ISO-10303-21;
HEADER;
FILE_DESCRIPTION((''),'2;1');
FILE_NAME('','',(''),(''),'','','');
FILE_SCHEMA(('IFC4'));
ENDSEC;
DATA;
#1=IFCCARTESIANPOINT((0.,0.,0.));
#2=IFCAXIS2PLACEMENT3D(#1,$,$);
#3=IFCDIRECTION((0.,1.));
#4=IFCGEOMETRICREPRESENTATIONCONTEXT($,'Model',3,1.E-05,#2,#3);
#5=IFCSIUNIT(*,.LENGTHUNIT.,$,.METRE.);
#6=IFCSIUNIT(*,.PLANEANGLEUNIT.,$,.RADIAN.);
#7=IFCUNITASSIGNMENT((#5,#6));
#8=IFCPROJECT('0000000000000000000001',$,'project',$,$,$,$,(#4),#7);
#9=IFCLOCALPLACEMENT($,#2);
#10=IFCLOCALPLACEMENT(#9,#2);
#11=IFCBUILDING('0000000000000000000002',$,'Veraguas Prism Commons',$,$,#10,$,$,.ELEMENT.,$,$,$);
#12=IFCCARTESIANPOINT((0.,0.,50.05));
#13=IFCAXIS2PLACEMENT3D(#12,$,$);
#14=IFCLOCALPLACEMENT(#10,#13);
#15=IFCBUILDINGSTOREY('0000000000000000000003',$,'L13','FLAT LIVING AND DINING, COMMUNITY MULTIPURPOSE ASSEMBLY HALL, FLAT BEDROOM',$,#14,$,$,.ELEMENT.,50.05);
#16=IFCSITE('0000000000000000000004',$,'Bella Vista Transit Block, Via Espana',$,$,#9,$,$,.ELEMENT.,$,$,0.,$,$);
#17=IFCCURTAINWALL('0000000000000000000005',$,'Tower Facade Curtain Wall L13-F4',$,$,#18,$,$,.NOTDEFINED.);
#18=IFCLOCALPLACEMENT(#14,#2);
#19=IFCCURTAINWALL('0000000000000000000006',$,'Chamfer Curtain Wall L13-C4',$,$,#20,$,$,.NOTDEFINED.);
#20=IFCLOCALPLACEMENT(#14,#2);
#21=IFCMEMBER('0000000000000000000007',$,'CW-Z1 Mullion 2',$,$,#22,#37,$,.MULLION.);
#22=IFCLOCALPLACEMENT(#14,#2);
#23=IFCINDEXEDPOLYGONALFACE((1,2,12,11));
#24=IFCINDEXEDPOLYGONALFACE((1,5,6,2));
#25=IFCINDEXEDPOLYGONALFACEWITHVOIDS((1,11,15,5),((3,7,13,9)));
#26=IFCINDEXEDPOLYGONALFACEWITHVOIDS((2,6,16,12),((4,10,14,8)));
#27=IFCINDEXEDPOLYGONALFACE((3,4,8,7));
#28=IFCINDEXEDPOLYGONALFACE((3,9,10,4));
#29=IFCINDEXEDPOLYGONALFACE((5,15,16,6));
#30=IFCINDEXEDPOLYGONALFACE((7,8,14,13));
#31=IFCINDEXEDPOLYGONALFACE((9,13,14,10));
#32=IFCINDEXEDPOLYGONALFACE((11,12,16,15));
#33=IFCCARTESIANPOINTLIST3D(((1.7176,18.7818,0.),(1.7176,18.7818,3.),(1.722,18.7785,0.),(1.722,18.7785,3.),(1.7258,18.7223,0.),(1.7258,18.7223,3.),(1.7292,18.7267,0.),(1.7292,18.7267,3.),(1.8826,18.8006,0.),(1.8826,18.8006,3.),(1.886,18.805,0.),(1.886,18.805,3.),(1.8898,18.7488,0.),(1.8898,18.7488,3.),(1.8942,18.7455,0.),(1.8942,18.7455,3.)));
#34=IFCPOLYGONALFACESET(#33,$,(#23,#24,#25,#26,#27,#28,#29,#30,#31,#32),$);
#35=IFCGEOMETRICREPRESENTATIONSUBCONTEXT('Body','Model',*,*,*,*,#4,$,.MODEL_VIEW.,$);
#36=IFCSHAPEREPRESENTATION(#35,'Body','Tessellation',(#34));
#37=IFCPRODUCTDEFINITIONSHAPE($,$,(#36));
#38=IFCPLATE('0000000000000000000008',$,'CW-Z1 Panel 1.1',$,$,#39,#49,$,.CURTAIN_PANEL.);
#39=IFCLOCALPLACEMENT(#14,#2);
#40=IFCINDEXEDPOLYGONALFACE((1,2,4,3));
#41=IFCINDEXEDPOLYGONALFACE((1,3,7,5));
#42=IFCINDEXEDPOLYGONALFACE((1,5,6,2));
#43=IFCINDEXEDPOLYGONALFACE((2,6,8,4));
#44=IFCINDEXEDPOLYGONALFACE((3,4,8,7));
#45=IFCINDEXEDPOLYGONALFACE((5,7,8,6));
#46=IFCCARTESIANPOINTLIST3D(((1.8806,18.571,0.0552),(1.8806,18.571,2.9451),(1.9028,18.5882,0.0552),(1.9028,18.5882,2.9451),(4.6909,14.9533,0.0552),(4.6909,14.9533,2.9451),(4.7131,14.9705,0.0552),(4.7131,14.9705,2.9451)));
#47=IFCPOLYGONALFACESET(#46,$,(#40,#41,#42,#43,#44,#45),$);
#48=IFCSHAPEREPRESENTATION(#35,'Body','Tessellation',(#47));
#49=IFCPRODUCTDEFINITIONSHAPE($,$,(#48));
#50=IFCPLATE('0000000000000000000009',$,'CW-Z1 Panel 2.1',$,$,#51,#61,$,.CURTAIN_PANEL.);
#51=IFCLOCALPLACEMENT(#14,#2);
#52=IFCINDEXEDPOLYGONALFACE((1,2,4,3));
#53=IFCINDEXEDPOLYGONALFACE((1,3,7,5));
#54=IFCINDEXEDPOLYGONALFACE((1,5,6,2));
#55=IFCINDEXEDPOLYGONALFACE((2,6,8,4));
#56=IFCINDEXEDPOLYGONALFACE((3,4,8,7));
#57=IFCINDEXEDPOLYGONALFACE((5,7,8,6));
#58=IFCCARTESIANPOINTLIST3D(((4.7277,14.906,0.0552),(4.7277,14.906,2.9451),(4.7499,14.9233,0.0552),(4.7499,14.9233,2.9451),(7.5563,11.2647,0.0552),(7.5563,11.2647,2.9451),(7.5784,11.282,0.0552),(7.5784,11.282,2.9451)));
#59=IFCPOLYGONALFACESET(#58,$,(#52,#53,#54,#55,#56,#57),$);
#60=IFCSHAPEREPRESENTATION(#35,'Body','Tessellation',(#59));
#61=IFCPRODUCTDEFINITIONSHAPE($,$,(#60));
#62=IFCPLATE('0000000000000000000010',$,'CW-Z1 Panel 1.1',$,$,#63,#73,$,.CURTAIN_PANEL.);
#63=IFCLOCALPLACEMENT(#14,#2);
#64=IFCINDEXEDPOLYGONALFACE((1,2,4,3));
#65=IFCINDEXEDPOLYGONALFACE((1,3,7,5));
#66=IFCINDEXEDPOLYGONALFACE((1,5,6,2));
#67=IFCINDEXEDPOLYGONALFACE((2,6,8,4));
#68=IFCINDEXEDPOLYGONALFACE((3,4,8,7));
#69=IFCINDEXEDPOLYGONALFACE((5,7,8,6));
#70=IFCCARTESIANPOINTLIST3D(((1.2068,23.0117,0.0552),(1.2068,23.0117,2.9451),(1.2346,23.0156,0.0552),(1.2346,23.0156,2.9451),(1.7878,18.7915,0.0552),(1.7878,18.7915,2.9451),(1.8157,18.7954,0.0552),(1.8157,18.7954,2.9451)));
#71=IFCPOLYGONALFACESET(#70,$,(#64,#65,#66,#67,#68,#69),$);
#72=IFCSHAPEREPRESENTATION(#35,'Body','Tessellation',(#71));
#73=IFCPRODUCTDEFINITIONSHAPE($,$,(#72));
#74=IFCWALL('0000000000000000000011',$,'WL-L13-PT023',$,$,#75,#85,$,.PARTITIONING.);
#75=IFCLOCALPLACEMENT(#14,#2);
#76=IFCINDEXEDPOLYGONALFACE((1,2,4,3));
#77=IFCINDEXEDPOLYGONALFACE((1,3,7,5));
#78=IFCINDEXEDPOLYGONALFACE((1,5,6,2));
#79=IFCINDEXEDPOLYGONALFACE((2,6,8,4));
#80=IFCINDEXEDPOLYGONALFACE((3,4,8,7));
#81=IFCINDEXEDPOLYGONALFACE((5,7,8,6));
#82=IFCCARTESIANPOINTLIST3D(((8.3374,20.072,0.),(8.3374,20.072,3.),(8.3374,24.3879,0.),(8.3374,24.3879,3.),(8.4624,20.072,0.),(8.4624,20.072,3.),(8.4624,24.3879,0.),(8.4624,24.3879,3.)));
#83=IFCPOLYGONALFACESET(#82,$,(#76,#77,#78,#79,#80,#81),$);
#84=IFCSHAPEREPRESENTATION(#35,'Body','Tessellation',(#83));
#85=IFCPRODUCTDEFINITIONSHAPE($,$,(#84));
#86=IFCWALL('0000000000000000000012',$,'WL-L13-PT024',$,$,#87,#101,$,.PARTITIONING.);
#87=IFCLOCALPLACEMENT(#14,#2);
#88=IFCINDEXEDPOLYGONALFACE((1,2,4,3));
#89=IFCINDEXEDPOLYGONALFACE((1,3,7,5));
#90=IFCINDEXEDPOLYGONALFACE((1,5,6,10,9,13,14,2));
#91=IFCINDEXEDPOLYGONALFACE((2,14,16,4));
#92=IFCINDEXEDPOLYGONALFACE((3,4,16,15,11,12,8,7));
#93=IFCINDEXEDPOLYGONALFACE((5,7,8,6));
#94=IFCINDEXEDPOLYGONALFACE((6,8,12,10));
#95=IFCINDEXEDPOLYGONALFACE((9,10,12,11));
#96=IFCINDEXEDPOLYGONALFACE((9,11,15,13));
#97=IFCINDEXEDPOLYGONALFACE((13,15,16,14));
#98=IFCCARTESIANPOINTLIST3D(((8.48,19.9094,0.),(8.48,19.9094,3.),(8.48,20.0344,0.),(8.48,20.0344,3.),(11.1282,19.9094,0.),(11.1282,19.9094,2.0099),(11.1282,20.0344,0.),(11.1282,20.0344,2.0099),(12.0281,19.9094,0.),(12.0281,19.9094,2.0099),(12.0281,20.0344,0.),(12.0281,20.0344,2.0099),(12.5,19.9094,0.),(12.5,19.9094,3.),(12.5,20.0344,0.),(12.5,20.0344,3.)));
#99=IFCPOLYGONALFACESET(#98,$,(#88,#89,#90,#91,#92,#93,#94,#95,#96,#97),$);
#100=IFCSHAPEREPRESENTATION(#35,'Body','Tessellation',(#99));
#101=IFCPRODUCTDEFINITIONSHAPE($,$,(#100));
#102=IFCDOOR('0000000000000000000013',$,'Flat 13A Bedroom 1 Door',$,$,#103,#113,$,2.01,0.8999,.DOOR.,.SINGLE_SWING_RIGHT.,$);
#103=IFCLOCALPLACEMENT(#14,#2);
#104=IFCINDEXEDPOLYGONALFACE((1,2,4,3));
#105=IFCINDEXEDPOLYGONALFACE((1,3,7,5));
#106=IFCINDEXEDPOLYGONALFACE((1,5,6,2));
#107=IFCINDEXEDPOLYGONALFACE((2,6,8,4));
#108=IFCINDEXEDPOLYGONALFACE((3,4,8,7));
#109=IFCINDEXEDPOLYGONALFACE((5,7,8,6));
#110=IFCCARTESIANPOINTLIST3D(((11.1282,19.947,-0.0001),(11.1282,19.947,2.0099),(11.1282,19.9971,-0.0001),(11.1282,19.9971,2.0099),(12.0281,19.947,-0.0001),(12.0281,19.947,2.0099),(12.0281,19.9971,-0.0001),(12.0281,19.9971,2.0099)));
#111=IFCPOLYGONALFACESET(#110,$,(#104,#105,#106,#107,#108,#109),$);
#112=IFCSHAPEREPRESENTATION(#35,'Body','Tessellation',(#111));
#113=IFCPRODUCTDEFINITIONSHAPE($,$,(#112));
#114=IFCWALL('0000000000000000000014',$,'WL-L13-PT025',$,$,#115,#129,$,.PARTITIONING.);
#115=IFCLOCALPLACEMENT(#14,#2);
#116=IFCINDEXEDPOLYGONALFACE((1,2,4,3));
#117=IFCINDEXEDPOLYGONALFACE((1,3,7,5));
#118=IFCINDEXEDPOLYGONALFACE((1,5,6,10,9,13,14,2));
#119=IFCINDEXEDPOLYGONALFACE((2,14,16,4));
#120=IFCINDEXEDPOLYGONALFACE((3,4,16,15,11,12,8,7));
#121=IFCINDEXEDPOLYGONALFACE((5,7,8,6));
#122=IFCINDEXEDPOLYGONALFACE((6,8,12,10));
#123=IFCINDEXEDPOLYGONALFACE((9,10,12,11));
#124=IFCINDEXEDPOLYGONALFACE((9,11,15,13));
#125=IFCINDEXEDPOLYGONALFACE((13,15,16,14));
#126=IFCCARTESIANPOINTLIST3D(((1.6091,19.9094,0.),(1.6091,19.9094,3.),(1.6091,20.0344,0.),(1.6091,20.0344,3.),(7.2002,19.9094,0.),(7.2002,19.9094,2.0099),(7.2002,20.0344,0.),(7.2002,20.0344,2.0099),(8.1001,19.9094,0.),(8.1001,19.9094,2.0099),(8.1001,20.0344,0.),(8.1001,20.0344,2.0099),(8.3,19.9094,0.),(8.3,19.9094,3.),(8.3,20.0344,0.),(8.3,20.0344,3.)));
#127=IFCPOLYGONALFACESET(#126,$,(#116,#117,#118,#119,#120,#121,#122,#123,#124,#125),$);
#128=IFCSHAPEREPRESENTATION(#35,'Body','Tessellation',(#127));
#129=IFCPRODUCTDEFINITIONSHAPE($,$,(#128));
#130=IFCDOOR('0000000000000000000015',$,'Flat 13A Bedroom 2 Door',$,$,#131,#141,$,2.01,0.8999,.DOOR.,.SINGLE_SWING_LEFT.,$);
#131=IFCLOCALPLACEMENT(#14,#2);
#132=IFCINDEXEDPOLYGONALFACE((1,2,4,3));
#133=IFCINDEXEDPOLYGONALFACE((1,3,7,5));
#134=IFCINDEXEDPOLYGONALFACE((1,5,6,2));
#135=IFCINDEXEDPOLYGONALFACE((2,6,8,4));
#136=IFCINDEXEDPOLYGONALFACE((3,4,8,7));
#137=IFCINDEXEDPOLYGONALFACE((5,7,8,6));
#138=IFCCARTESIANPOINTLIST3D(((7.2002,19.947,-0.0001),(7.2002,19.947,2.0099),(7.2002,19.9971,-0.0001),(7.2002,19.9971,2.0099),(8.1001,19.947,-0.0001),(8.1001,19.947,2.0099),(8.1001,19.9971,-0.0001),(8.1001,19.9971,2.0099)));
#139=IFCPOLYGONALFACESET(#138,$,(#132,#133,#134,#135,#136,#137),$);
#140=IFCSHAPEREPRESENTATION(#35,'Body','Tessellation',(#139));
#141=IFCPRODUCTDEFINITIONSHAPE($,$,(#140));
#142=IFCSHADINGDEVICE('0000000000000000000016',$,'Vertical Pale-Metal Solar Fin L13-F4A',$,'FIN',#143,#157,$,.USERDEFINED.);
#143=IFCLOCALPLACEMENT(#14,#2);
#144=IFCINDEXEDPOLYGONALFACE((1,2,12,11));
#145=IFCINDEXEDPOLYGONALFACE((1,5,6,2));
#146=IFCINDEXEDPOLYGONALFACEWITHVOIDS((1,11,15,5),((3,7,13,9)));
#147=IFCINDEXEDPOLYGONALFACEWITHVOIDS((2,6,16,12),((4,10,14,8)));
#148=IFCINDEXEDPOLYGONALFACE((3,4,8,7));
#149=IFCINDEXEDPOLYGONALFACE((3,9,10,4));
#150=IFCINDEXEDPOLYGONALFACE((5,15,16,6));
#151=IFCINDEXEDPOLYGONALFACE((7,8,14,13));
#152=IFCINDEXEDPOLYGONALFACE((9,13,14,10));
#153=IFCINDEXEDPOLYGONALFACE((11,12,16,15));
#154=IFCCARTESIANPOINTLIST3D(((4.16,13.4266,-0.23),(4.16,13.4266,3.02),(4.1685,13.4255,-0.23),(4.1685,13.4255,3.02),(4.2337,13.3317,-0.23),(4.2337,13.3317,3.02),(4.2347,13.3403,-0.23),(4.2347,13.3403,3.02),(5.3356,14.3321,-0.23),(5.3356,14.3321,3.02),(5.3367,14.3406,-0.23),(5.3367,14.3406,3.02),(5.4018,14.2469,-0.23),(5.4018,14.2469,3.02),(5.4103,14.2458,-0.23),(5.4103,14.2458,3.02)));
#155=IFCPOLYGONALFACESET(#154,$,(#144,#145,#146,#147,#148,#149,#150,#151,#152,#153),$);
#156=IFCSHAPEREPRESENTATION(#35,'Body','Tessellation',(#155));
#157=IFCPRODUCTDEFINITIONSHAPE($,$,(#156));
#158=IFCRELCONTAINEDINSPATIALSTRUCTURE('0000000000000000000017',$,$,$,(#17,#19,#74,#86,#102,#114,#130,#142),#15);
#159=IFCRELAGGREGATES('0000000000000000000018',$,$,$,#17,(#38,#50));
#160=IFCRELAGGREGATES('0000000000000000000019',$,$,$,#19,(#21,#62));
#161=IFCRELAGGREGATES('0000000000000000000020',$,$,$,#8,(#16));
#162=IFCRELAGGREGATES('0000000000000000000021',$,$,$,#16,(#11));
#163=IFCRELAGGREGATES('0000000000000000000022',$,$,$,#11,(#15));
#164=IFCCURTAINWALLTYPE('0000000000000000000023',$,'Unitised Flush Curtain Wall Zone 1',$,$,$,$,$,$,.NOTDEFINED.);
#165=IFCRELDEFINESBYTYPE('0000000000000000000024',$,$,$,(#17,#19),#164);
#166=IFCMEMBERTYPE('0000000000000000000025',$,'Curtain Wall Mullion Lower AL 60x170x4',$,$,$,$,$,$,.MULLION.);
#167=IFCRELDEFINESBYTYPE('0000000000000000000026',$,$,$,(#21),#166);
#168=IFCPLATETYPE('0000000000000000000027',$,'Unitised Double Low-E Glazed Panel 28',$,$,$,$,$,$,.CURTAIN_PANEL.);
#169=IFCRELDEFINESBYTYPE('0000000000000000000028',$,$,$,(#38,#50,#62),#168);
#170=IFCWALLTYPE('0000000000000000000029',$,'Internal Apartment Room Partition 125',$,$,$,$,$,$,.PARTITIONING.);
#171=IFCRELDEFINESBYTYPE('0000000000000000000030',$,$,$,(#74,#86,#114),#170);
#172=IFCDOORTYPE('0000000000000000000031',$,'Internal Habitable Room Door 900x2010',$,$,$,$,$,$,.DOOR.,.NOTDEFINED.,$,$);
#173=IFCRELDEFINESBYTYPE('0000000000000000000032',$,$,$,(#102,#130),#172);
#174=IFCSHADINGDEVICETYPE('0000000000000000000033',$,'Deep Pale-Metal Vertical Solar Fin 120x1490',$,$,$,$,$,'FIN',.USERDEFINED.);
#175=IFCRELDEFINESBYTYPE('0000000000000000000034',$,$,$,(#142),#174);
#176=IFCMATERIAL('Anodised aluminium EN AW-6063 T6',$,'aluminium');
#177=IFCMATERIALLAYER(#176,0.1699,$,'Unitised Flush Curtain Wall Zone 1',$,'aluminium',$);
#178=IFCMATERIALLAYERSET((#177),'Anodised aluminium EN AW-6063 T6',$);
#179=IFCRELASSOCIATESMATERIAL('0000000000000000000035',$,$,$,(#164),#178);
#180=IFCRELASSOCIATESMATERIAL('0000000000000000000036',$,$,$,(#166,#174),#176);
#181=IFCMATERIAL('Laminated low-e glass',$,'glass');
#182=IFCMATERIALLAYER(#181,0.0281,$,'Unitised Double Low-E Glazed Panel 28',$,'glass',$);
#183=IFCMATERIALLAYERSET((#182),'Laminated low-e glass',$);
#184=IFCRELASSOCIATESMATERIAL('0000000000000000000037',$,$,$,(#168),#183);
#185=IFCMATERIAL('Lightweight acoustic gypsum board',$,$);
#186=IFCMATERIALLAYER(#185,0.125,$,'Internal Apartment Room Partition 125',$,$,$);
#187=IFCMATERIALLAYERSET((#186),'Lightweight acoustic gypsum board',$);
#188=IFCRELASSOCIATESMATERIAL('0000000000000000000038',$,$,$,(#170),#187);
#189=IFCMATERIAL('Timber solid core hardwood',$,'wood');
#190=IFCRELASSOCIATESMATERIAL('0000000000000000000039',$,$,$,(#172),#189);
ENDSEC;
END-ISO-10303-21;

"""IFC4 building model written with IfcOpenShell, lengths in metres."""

from ifc_helpers import new_model, si_unit, direction, frame, frame_2d, origin, origin_2d, place, context, subcontext, project, spatial, rectangle, hollow_rectangle, extrude, source, transform, mapped, material, layer, layer_set, material_profile, profile_set, type_object, element, fill, aggregate, save


model = new_model("IFC4")

# Units and contexts
model_context = context("Model", 3, precision=1e-05, world=origin(), true_north=direction((0.0, 1.0)))
body_context = subcontext(model_context, "Body", "Model", "MODEL_VIEW")
ifc_project = project(units=[si_unit("LENGTHUNIT", "METRE"), si_unit("PLANEANGLEUNIT", "RADIAN")], contexts=[model_context])

# Site, building, storey
site_placement = place(None, origin())
site = spatial("IfcSite", under=ifc_project, at=site_placement, Name="Bella Vista Transit Block, Via Espana", CompositionType="ELEMENT", RefElevation=0.0)
building_placement = place(site_placement, origin())
building = spatial("IfcBuilding", under=site, at=building_placement, Name="Veraguas Prism Commons", CompositionType="ELEMENT")
storey_placement = place(building_placement, frame((0.0, 0.0, 50.05)))
storey = spatial("IfcBuildingStorey", under=building, at=storey_placement, Name="L13", Description="FLAT LIVING AND DINING, COMMUNITY MULTIPURPOSE ASSEMBLY HALL, FLAT BEDROOM", CompositionType="ELEMENT", Elevation=50.05)

# Curtain wall
ifc_material_1 = material(Name="Anodised aluminium EN AW-6063 T6", Category="aluminium")
ifc_layer_1 = layer(ifc_material_1, 0.1699, Name="Unitised Flush Curtain Wall Zone 1", Category="aluminium")
ifc_layer_set_1 = layer_set([ifc_layer_1], Name="Anodised aluminium EN AW-6063 T6")
curtain_wall_type = type_object("IfcCurtainWallType", Name="Unitised Flush Curtain Wall Zone 1", PredefinedType="NOTDEFINED", material=ifc_layer_set_1)
curtain_wall_1_placement = place(storey_placement, origin())
curtain_wall_1 = element("IfcCurtainWall", 1, at=curtain_wall_1_placement, inside=storey, type_object=curtain_wall_type, Name="Tower Facade Curtain Wall L13-F4", PredefinedType="NOTDEFINED")
ifc_material_profile_1 = material_profile(ifc_material_1, hollow_rectangle(XDim=0.0601, YDim=0.1699, WallThickness=0.0039, at=origin_2d()), Name="AL60X170X4")
ifc_profile_set_1 = profile_set([ifc_material_profile_1], Name="Anodised aluminium EN AW-6063 T6")
member_type_1 = type_object("IfcMemberType", Name="Curtain Wall Mullion Lower AL 60x170x4", PredefinedType="MULLION", material=ifc_profile_set_1)
shared_shape_1 = source(origin(), body_context, "Body", "SweptSolid", [
    extrude(hollow_rectangle(XDim=0.0601, YDim=0.1699, WallThickness=0.0039, at=origin_2d()), origin(), (0.0, 0.0, 1.0), 3.0),
])

# Curtain wall, member
curtain_wall_2_placement = place(storey_placement, origin())
curtain_wall_2 = element("IfcCurtainWall", 2, at=curtain_wall_2_placement, inside=storey, type_object=curtain_wall_type, Name="Chamfer Curtain Wall L13-C4", PredefinedType="NOTDEFINED")
member_1_placement = place(storey_placement, frame((1.8059, 18.7637, 0.0), z_axis=(0.0, 0.0, 1.0), x_axis=(0.136392, -0.990655, 0.0)))
member_1 = element("IfcMember", 3, at=member_1_placement, type_object=member_type_1, Name="CW-Z1 Mullion 2", PredefinedType="MULLION", context=body_context, shape_type="MappedRepresentation", body=[
    mapped(shared_shape_1, transform((0.0, 0.0, 0.0), scale=1.0)),
])

# Plates
ifc_material_2 = material(Name="Laminated low-e glass", Category="glass")
ifc_layer_2 = layer(ifc_material_2, 0.0281, Name="Unitised Double Low-E Glazed Panel 28", Category="glass")
ifc_layer_set_2 = layer_set([ifc_layer_2], Name="Laminated low-e glass")
plate_type = type_object("IfcPlateType", Name="Unitised Double Low-E Glazed Panel 28", PredefinedType="CURTAIN_PANEL", material=ifc_layer_set_2)
shared_shape_2 = source(origin(), body_context, "Body", "SweptSolid", [
    extrude(rectangle(XDim=4.5811, YDim=0.0281, at=origin_2d()), origin(), (0.0, 0.0, 1.0), 2.8899),
])
plate_1_placement = place(storey_placement, frame((3.2969, 16.7708, 0.0552), z_axis=(0.0, 0.0, 1.0), x_axis=(0.613461, -0.789725, 0.0)))
plate_1 = element("IfcPlate", 4, at=plate_1_placement, type_object=plate_type, Name="CW-Z1 Panel 1.1", PredefinedType="CURTAIN_PANEL", context=body_context, shape_type="MappedRepresentation", body=[
    mapped(shared_shape_2, transform((0.0, 0.0, 0.0), scale=1.0)),
])
shared_shape_3 = source(origin(), body_context, "Body", "SweptSolid", [
    extrude(rectangle(XDim=4.6108, YDim=0.0281, at=origin_2d()), origin(), (0.0, 0.0, 1.0), 2.8899),
])
plate_2_placement = place(storey_placement, frame((6.1531, 13.094, 0.0552), z_axis=(0.0, 0.0, 1.0), x_axis=(0.613461, -0.789725, 0.0)))
plate_2 = element("IfcPlate", 5, at=plate_2_placement, type_object=plate_type, Name="CW-Z1 Panel 2.1", PredefinedType="CURTAIN_PANEL", context=body_context, shape_type="MappedRepresentation", body=[
    mapped(shared_shape_3, transform((0.0, 0.0, 0.0), scale=1.0)),
])
aggregate(curtain_wall_1, [plate_1, plate_2])
shared_shape_4 = source(origin(), body_context, "Body", "SweptSolid", [
    extrude(rectangle(XDim=4.26, YDim=0.0281, at=origin_2d()), origin(), (0.0, 0.0, 1.0), 2.8899),
])
plate_3_placement = place(storey_placement, frame((1.5112, 20.9036, 0.0552), z_axis=(0.0, 0.0, 1.0), x_axis=(0.136392, -0.990655, 0.0)))
plate_3 = element("IfcPlate", 6, at=plate_3_placement, type_object=plate_type, Name="CW-Z1 Panel 1.1", PredefinedType="CURTAIN_PANEL", context=body_context, shape_type="MappedRepresentation", body=[
    mapped(shared_shape_4, transform((0.0, 0.0, 0.0), scale=1.0)),
])
aggregate(curtain_wall_2, [member_1, plate_3])

# Wall
ifc_material_3 = material(Name="Lightweight acoustic gypsum board")
ifc_layer_3 = layer(ifc_material_3, 0.125, Name="Internal Apartment Room Partition 125")
ifc_layer_set_3 = layer_set([ifc_layer_3], Name="Lightweight acoustic gypsum board")
wall_type = type_object("IfcWallType", Name="Internal Apartment Room Partition 125", PredefinedType="PARTITIONING", material=ifc_layer_set_3)
wall_1_placement = place(storey_placement, frame((8.3999, 20.072, 0.0), z_axis=(0.0, 0.0, 1.0), x_axis=(0.0, 1.0, 0.0)))
element("IfcWall", 7, at=wall_1_placement, inside=storey, type_object=wall_type, Name="WL-L13-PT023", PredefinedType="PARTITIONING", context=body_context, shape_type="SweptSolid", body=[
    extrude(rectangle(XDim=4.3159, YDim=0.125, at=frame_2d((2.158, 0.0))), origin(), (0.0, 0.0, 1.0), 3.0),
])

# Walls, openings, doors
wall_2_placement = place(storey_placement, frame((12.5, 19.9719, 0.0), z_axis=(0.0, 0.0, 1.0), x_axis=(-1.0, 0.0, 0.0)))
wall_2 = element("IfcWall", 8, at=wall_2_placement, inside=storey, type_object=wall_type, Name="WL-L13-PT024", PredefinedType="PARTITIONING", context=body_context, shape_type="SweptSolid", body=[
    extrude(rectangle(XDim=4.02, YDim=0.125, at=frame_2d((2.01, 0.0))), origin(), (0.0, 0.0, 1.0), 3.0),
])
opening_1_placement = place(wall_2_placement, frame((0.4719, 0.0, 0.0)))
opening_1 = element("IfcOpeningElement", 9, at=opening_1_placement, cuts=wall_2, PredefinedType="OPENING", context=body_context, shape_type="SweptSolid", body=[
    extrude(rectangle(XDim=0.8999, YDim=2.01, at=frame_2d((0.45, 1.0049))), frame((0.0, 0.0725, 0.0), z_axis=(0.0, -1.0, 0.0), x_axis=(1.0, 0.0, 0.0)), (0.0, 0.0, 1.0), 0.145),
])
ifc_material_4 = material(Name="Timber solid core hardwood", Category="wood")
door_type = type_object("IfcDoorType", Name="Internal Habitable Room Door 900x2010", OperationType="NOTDEFINED", PredefinedType="DOOR", material=ifc_material_4)
shared_shape_5 = source(origin(), body_context, "Body", "SweptSolid", [
    extrude(rectangle(XDim=0.8999, YDim=2.01, at=frame_2d((0.45, 1.0049))), frame((0.0, 0.0249, 0.0), z_axis=(0.0, -1.0, 0.0), x_axis=(1.0, 0.0, 0.0)), (0.0, 0.0, 1.0), 0.05),
])
door_1_placement = place(opening_1_placement, origin())
door_1 = element("IfcDoor", 10, at=door_1_placement, inside=storey, type_object=door_type, Name="Flat 13A Bedroom 1 Door", OperationType="SINGLE_SWING_RIGHT", OverallHeight=2.01, OverallWidth=0.8999, PredefinedType="DOOR", context=body_context, shape_type="MappedRepresentation", body=[
    mapped(shared_shape_5, transform((0.0, 0.0, 0.0), scale=1.0)),
])
fill(opening_1, door_1)
wall_3_placement = place(storey_placement, frame((8.3, 19.9719, 0.0), z_axis=(0.0, 0.0, 1.0), x_axis=(-1.0, 0.0, 0.0)))
wall_3 = element("IfcWall", 11, at=wall_3_placement, inside=storey, type_object=wall_type, Name="WL-L13-PT025", PredefinedType="PARTITIONING", context=body_context, shape_type="SweptSolid", body=[
    extrude(rectangle(XDim=6.6909, YDim=0.125, at=frame_2d((3.3455, 0.0))), origin(), (0.0, 0.0, 1.0), 3.0),
])
opening_2_placement = place(wall_3_placement, frame((0.2, 0.0, 0.0)))
opening_2 = element("IfcOpeningElement", 12, at=opening_2_placement, cuts=wall_3, PredefinedType="OPENING", context=body_context, shape_type="SweptSolid", body=[
    extrude(rectangle(XDim=0.8999, YDim=2.01, at=frame_2d((0.45, 1.0049))), frame((0.0, 0.0725, 0.0), z_axis=(0.0, -1.0, 0.0), x_axis=(1.0, 0.0, 0.0)), (0.0, 0.0, 1.0), 0.145),
])
door_2_placement = place(opening_2_placement, origin())
door_2 = element("IfcDoor", 13, at=door_2_placement, inside=storey, type_object=door_type, Name="Flat 13A Bedroom 2 Door", OperationType="SINGLE_SWING_LEFT", OverallHeight=2.01, OverallWidth=0.8999, PredefinedType="DOOR", context=body_context, shape_type="MappedRepresentation", body=[
    mapped(shared_shape_5, transform((0.0, 0.0, 0.0), scale=1.0)),
])
fill(opening_2, door_2)

# Shading device
ifc_material_profile_2 = material_profile(ifc_material_1, hollow_rectangle(XDim=0.1201, YDim=1.49, WallThickness=0.0061, at=origin_2d()), Name="FIN120X1490X6")
ifc_profile_set_2 = profile_set([ifc_material_profile_2], Name="Anodised aluminium EN AW-6063 T6")
shading_device_type = type_object("IfcShadingDeviceType", Name="Deep Pale-Metal Vertical Solar Fin 120x1490", ElementType="FIN", PredefinedType="USERDEFINED", material=ifc_profile_set_2)
shading_device_placement = place(storey_placement, frame((4.7852, 13.8362, -0.23), z_axis=(0.0, 0.0, 1.0), x_axis=(0.61346, -0.789726, 0.0)))
element("IfcShadingDevice", 14, at=shading_device_placement, inside=storey, type_object=shading_device_type, Name="Vertical Pale-Metal Solar Fin L13-F4A", ObjectType="FIN", PredefinedType="USERDEFINED", context=body_context, shape_type="SweptSolid", body=[
    extrude(hollow_rectangle(XDim=0.1201, YDim=1.49, WallThickness=0.0061, at=origin_2d()), origin(), (0.0, 0.0, 1.0), 3.25),
])

save(model, "model.ifc")
